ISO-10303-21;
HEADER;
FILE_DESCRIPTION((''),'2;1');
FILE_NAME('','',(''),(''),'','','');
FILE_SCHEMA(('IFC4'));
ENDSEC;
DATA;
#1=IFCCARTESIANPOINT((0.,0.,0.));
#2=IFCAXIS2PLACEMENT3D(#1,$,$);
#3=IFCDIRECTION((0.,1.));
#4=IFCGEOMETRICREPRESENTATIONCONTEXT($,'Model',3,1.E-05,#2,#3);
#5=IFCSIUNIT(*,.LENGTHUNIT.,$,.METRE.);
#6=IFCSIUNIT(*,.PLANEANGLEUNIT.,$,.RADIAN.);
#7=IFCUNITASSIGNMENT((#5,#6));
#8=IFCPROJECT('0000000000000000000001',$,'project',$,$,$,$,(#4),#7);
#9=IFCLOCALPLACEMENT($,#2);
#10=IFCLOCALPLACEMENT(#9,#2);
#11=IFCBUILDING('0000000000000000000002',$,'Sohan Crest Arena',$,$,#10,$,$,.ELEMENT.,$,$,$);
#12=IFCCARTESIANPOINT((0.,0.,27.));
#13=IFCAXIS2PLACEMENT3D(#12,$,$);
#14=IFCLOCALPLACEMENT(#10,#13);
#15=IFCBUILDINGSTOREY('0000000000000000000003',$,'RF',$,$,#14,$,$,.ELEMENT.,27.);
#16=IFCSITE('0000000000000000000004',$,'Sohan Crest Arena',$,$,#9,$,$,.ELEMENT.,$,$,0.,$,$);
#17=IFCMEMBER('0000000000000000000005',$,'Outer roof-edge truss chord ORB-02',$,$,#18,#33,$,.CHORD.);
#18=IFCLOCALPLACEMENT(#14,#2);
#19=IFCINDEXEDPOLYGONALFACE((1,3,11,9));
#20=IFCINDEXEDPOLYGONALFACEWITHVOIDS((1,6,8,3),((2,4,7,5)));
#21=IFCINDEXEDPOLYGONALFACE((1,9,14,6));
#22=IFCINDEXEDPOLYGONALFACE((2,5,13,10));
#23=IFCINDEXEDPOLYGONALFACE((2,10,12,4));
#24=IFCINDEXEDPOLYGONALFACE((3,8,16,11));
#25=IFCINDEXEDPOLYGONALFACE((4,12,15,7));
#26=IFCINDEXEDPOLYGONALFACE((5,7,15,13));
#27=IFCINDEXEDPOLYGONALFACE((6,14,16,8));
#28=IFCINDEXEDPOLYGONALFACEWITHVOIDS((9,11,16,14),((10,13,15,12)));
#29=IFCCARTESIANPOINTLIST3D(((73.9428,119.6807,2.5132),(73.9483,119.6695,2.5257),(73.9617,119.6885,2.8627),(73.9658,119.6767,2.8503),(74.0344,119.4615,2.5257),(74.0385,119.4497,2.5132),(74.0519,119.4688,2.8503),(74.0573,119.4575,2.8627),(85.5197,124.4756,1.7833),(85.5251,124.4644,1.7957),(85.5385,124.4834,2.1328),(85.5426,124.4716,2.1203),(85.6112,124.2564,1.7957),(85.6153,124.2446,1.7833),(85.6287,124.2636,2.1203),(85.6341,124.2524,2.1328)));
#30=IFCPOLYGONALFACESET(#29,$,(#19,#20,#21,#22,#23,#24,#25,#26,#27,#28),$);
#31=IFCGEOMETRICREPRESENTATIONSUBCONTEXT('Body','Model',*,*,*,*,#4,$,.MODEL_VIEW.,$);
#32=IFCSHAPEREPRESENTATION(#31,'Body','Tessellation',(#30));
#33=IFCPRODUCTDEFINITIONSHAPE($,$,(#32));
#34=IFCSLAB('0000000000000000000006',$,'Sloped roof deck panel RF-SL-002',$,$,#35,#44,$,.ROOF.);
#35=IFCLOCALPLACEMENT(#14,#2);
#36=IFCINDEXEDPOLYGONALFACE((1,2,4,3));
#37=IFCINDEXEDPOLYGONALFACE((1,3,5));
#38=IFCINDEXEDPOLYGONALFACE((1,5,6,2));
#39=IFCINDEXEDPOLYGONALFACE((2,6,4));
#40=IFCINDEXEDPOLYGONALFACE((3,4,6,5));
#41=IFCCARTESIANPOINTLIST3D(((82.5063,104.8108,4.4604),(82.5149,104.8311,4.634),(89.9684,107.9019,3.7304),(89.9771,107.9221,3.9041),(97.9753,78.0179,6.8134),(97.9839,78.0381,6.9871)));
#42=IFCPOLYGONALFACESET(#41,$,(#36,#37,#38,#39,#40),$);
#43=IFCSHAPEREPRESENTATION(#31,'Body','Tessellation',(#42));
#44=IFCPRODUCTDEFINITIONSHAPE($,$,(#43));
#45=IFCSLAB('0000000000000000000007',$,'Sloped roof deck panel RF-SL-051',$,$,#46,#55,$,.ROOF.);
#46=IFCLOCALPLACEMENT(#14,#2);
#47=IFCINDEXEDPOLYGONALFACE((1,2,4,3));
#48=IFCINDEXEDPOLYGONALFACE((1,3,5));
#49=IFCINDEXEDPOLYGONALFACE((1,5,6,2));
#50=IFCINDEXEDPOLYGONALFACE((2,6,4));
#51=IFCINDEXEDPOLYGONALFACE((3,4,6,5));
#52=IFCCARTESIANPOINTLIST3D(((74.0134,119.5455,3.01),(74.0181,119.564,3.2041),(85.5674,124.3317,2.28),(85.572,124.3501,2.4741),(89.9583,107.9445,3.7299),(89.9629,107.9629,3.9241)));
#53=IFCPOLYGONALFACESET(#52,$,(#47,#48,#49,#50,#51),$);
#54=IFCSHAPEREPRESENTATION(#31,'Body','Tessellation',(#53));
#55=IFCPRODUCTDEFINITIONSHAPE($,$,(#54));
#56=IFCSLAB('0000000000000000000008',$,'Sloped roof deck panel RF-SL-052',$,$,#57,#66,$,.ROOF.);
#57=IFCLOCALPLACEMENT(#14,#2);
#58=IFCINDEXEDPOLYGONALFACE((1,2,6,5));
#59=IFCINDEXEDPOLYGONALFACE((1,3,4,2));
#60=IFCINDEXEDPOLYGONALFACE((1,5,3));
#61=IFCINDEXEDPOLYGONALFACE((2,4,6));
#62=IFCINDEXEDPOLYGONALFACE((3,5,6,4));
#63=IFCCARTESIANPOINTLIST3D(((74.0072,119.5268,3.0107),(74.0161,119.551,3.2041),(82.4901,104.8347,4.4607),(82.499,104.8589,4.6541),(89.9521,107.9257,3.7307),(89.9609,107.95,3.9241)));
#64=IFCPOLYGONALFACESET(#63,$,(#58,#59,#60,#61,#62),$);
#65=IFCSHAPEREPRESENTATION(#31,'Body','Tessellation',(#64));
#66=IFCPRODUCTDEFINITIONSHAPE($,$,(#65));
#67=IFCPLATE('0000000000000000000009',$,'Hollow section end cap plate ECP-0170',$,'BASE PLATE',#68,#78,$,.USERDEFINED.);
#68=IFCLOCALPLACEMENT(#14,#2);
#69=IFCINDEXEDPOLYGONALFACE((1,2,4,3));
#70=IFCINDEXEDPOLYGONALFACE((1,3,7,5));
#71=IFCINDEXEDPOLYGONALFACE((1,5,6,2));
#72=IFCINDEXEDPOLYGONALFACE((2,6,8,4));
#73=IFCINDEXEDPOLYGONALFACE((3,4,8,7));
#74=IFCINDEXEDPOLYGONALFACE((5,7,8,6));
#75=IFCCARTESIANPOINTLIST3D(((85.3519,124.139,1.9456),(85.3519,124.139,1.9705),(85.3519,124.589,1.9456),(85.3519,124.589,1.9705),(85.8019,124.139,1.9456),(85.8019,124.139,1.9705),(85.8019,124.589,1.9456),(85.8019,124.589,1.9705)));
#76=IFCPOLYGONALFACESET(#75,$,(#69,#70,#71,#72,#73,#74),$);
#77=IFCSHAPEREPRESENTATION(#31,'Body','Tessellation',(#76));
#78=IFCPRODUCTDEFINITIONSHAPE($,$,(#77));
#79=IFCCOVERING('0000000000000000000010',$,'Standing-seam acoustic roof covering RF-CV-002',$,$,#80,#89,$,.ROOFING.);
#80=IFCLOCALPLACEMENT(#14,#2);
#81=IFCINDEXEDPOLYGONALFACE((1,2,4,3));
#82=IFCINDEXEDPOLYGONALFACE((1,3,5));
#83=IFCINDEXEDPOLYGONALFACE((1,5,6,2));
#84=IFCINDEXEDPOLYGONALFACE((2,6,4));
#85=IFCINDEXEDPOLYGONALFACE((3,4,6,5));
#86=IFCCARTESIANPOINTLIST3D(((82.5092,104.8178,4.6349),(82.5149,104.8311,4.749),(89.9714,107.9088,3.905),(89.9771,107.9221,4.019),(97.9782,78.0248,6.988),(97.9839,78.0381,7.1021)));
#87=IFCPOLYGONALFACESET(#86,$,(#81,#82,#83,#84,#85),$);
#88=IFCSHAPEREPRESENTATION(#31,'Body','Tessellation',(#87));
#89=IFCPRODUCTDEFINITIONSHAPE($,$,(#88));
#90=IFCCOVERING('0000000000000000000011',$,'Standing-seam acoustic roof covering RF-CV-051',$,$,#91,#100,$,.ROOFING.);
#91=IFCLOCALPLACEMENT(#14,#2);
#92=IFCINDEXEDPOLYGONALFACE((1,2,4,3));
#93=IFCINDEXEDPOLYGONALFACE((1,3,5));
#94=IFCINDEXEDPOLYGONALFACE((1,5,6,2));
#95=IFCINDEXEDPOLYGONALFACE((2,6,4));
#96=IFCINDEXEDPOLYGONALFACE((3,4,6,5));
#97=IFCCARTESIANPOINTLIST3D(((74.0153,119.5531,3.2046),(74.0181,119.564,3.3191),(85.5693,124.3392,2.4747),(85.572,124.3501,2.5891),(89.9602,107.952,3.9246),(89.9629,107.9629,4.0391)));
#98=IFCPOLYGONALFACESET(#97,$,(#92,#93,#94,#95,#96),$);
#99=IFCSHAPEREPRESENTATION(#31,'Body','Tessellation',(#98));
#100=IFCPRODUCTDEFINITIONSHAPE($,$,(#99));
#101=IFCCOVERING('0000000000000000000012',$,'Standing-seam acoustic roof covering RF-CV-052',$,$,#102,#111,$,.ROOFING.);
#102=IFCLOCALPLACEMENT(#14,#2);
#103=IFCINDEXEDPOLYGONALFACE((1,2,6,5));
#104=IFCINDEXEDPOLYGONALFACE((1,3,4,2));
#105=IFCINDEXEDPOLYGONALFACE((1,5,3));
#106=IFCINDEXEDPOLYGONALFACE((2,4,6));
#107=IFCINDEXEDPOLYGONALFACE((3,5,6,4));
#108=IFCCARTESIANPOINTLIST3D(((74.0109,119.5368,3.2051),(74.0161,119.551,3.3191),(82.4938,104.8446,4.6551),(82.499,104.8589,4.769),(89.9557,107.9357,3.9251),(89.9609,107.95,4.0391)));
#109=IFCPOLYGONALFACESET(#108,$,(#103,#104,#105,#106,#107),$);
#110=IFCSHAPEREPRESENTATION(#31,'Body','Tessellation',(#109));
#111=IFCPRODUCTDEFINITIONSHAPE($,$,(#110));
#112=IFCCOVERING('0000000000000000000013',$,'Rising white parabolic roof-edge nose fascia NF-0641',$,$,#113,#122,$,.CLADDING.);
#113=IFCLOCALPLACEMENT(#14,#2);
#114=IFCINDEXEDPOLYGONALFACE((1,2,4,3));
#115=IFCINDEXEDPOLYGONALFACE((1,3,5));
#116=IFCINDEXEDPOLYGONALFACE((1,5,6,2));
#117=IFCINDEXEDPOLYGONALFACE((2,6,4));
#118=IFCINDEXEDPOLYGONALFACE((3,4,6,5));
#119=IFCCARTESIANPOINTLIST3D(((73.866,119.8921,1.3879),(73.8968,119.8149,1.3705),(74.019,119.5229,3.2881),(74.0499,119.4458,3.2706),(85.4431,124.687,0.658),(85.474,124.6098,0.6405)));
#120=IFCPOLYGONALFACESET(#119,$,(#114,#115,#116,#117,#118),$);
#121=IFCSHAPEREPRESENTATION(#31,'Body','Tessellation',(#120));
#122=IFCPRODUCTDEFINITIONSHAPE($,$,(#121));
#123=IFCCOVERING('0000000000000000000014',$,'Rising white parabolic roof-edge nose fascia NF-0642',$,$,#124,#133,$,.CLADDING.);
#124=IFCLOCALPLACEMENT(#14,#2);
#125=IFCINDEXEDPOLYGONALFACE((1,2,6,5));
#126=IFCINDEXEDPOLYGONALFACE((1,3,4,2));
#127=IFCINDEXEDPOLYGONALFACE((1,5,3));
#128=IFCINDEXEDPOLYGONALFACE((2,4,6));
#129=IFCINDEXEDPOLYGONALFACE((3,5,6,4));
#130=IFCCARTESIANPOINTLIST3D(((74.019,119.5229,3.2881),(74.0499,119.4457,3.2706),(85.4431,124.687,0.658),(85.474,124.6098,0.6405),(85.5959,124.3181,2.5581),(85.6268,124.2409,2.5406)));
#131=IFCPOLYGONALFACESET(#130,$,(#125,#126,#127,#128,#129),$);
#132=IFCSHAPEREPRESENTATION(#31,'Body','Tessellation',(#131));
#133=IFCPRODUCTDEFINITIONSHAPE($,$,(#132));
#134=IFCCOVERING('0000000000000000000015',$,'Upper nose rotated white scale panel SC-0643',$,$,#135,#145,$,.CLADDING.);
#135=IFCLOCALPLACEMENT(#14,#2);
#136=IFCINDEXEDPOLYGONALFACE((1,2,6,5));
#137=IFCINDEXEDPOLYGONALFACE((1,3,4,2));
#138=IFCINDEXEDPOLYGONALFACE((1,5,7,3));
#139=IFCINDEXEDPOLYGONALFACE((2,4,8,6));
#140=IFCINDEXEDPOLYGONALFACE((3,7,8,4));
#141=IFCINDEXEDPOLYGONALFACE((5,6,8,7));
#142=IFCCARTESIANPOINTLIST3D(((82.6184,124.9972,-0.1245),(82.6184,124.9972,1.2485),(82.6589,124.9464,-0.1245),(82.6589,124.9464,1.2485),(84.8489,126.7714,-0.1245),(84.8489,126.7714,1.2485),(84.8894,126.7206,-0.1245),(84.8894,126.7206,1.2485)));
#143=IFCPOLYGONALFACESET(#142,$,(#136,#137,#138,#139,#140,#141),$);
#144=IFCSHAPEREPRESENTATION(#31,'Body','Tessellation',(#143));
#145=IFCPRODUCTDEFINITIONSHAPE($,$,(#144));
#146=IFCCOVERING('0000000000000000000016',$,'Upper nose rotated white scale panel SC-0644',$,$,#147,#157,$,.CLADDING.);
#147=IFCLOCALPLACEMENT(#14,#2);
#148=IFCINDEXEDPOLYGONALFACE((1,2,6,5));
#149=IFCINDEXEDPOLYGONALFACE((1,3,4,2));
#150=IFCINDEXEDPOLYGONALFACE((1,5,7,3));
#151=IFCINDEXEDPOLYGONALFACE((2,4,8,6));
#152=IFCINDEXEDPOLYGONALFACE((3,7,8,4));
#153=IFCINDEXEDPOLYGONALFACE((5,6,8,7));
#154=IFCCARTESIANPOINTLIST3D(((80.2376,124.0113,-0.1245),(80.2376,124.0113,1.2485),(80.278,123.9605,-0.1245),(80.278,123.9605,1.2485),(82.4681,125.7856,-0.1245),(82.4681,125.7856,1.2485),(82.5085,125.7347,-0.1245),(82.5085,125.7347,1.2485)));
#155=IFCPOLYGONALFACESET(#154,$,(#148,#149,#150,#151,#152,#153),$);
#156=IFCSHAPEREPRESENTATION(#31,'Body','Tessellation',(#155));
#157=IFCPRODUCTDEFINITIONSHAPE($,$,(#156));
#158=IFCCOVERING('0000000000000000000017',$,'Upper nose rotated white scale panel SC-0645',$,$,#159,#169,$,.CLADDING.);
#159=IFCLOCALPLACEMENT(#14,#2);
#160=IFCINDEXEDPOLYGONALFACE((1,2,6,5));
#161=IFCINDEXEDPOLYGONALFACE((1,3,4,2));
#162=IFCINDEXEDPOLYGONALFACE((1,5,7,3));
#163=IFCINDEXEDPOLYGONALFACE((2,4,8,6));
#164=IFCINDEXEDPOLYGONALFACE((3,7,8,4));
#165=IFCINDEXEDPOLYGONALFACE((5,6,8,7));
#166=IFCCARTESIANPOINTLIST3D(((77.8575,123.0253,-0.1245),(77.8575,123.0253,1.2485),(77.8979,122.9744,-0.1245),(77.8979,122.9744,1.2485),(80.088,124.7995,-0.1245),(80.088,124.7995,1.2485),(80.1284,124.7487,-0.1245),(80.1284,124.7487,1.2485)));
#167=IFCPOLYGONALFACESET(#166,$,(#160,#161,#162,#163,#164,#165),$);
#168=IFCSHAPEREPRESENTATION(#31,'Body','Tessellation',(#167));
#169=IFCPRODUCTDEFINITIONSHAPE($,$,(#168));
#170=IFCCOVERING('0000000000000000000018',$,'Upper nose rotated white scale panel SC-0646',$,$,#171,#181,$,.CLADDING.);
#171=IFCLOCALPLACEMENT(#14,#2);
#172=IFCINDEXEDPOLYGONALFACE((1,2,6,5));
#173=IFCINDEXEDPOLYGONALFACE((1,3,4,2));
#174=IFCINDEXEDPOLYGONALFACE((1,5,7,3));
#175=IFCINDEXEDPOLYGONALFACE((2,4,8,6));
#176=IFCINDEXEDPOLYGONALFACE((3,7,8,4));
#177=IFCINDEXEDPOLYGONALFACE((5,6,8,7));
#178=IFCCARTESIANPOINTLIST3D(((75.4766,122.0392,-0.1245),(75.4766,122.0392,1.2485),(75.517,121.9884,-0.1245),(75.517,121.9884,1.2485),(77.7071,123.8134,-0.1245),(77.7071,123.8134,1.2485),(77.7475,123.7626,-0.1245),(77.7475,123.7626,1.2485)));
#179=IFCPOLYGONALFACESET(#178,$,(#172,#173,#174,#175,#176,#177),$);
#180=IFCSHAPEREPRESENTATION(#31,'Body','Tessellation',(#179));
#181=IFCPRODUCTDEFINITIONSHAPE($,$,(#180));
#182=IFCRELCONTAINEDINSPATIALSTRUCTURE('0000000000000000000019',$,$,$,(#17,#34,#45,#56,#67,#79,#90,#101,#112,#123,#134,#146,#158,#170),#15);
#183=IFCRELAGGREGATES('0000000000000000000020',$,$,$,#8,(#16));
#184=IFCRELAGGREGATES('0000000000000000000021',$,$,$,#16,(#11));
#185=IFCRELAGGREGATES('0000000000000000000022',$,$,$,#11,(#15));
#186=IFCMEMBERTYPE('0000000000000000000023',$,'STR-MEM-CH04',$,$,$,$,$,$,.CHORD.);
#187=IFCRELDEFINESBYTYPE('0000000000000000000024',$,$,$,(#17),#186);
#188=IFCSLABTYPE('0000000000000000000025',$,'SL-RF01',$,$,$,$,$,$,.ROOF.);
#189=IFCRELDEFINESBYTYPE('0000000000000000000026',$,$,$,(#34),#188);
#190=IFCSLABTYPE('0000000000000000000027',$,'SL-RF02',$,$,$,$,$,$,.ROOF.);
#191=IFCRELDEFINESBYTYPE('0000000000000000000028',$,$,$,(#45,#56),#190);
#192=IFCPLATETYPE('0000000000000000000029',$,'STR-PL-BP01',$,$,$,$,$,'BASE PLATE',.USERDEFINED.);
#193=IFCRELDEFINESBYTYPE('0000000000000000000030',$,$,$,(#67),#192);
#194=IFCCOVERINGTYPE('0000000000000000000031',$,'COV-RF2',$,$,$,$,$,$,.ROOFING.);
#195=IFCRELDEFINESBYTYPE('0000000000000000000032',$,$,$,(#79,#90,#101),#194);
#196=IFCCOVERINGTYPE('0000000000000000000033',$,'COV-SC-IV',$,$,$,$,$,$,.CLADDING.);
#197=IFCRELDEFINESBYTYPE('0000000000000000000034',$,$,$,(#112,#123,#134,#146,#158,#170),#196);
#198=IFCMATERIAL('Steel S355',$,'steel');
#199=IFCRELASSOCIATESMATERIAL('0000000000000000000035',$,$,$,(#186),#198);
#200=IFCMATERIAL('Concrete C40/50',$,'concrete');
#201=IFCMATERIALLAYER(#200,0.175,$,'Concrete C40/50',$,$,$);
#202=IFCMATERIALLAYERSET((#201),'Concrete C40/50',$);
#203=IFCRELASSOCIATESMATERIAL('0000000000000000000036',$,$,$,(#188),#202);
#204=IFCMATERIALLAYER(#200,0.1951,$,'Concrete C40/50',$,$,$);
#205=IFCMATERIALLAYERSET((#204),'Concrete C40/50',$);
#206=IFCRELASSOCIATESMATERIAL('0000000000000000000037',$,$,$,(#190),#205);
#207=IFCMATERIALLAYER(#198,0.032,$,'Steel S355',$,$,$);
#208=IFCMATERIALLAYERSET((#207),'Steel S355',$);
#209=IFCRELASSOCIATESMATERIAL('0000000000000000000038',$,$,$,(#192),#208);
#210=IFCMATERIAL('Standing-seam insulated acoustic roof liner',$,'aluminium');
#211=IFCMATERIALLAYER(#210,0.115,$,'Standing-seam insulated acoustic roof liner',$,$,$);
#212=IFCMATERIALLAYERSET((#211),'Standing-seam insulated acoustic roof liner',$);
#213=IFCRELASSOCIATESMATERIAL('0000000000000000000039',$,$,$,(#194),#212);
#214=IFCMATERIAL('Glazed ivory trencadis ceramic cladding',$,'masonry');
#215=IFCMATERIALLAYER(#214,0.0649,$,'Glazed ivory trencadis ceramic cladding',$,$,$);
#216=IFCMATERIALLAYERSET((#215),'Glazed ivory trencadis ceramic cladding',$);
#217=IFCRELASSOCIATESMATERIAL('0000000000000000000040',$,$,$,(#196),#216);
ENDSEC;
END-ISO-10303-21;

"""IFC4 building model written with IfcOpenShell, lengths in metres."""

from ifc_helpers import new_model, si_unit, direction, frame, origin, origin_2d, place, context, subcontext, project, spatial, polyline, rectangle, hollow_rectangle, outline, extrude, material, layer, layer_set, material_profile, profile_set, type_object, element, save


model = new_model("IFC4")

# Units and contexts
model_context = context("Model", 3, precision=1e-05, world=origin(), true_north=direction((0.0, 1.0)))
body_context = subcontext(model_context, "Body", "Model", "MODEL_VIEW")
ifc_project = project(units=[si_unit("LENGTHUNIT", "METRE"), si_unit("PLANEANGLEUNIT", "RADIAN")], contexts=[model_context])

# Site, building, storey
site_placement = place(None, origin())
site = spatial("IfcSite", under=ifc_project, at=site_placement, Name="Sohan Crest Arena", CompositionType="ELEMENT", RefElevation=0.0)
building_placement = place(site_placement, origin())
building = spatial("IfcBuilding", under=site, at=building_placement, Name="Sohan Crest Arena", CompositionType="ELEMENT")
storey_placement = place(building_placement, frame((0.0, 0.0, 27.0)))
storey = spatial("IfcBuildingStorey", under=building, at=storey_placement, Name="RF", CompositionType="ELEMENT", Elevation=27.0)

# Shared definitions
ifc_material_1 = material(Name="Concrete C40/50", Category="concrete")
ifc_material_2 = material(Name="Steel S355", Category="steel")

# Member
ifc_material_profile_1 = material_profile(ifc_material_2, hollow_rectangle(XDim=0.25, YDim=0.3501, WallThickness=0.0125, at=origin_2d()), Name="RHS 350x250x12.5")
ifc_profile_set_1 = profile_set([ifc_material_profile_1], Name="Steel S355")
member_type_1 = type_object("IfcMemberType", Name="STR-MEM-CH04", PredefinedType="CHORD", material=ifc_profile_set_1)
member_1_placement = place(storey_placement, frame((85.5769, 124.364, 1.958), z_axis=(-0.922327, -0.382009, 0.058157), x_axis=(0.382657, -0.923891, 0.0)))
element("IfcMember", 1, at=member_1_placement, inside=storey, type_object=member_type_1, Name="Outer roof-edge truss chord ORB-02", PredefinedType="CHORD", context=body_context, shape_type="SweptSolid", body=[
    extrude(hollow_rectangle(XDim=0.25, YDim=0.3501, WallThickness=0.0125, at=origin_2d()), origin(), (0.0, 0.0, 1.0), 12.5518),
])

# Slabs
ifc_layer_1 = layer(ifc_material_1, 0.175, Name="Concrete C40/50")
ifc_layer_set_1 = layer_set([ifc_layer_1], Name="Concrete C40/50")
slab_type_1 = type_object("IfcSlabType", Name="SL-RF01", PredefinedType="ROOF", material=ifc_layer_set_1)
slab_1_placement = place(storey_placement, frame((89.9771, 107.9221, 3.9041), z_axis=(0.049194, 0.11553, 0.992085), x_axis=(-0.920123, -0.381145, 0.09001)))
element("IfcSlab", 2, at=slab_1_placement, inside=storey, type_object=slab_type_1, Name="Sloped roof deck panel RF-SL-002", PredefinedType="ROOF", context=body_context, shape_type="SweptSolid", body=[
    extrude(outline(polyline([(0.0, 0.0), (8.11, 0.0), (4.3004, 30.7925), (0.0, 0.0)])), origin(), (0.0, 0.0, -1.0), 0.175),
])
ifc_layer_2 = layer(ifc_material_1, 0.1951, Name="Concrete C40/50")
ifc_layer_set_2 = layer_set([ifc_layer_2], Name="Concrete C40/50")
slab_type_2 = type_object("IfcSlabType", Name="SL-RF02", PredefinedType="ROOF", material=ifc_layer_set_2)
slab_2_placement = place(storey_placement, frame((89.9629, 107.9629, 3.9241), z_axis=(0.023764, 0.094428, 0.995248), x_axis=(-0.257875, 0.962418, -0.085155)))
element("IfcSlab", 3, at=slab_2_placement, inside=storey, type_object=slab_type_2, Name="Sloped roof deck panel RF-SL-051", PredefinedType="ROOF", context=body_context, shape_type="SweptSolid", body=[
    extrude(outline(polyline([(0.0, 0.0), (17.0271, 0.0), (15.3382, 12.4129), (0.0, 0.0)])), origin(), (0.0, 0.0, -1.0), 0.1951),
])
slab_3_placement = place(storey_placement, frame((89.9609, 107.95, 3.9241), z_axis=(0.045551, 0.124123, 0.991221), x_axis=(-0.808081, 0.58794, -0.036488)))
element("IfcSlab", 4, at=slab_3_placement, inside=storey, type_object=slab_type_2, Name="Sloped roof deck panel RF-SL-052", PredefinedType="ROOF", context=body_context, shape_type="SweptSolid", body=[
    extrude(outline(polyline([(0.0, 0.0), (19.7317, 0.0), (4.1858, 6.946), (0.0, 0.0)])), origin(), (0.0, 0.0, -1.0), 0.1951),
])

# Plate
ifc_layer_3 = layer(ifc_material_2, 0.032, Name="Steel S355")
ifc_layer_set_3 = layer_set([ifc_layer_3], Name="Steel S355")
plate_type = type_object("IfcPlateType", Name="STR-PL-BP01", ElementType="BASE PLATE", PredefinedType="USERDEFINED", material=ifc_layer_set_3)
plate_placement = place(storey_placement, frame((85.5769, 124.364, 1.9456), z_axis=(0.0, 0.0, 1.0), x_axis=(1.0, 0.0, 0.0)))
element("IfcPlate", 5, at=plate_placement, inside=storey, type_object=plate_type, Name="Hollow section end cap plate ECP-0170", ObjectType="BASE PLATE", PredefinedType="USERDEFINED", context=body_context, shape_type="SweptSolid", body=[
    extrude(rectangle(XDim=0.45, YDim=0.45, at=origin_2d()), origin(), (0.0, 0.0, 1.0), 0.0249),
])

# Coverings
ifc_material_3 = material(Name="Standing-seam insulated acoustic roof liner", Category="aluminium")
ifc_layer_4 = layer(ifc_material_3, 0.115, Name="Standing-seam insulated acoustic roof liner")
ifc_layer_set_4 = layer_set([ifc_layer_4], Name="Standing-seam insulated acoustic roof liner")
covering_type_1 = type_object("IfcCoveringType", Name="COV-RF2", PredefinedType="ROOFING", material=ifc_layer_set_4)
covering_1_placement = place(storey_placement, frame((89.9771, 107.9221, 4.019), z_axis=(0.049194, 0.11553, 0.992085), x_axis=(-0.920123, -0.381145, 0.09001)))
element("IfcCovering", 6, at=covering_1_placement, inside=storey, type_object=covering_type_1, Name="Standing-seam acoustic roof covering RF-CV-002", PredefinedType="ROOFING", context=body_context, shape_type="SweptSolid", body=[
    extrude(outline(polyline([(0.0, 0.0), (8.11, 0.0), (4.3004, 30.7925), (0.0, 0.0)])), origin(), (0.0, 0.0, -1.0), 0.115),
])
covering_2_placement = place(storey_placement, frame((89.9629, 107.9629, 4.0391), z_axis=(0.023764, 0.094428, 0.995248), x_axis=(-0.257875, 0.962418, -0.085155)))
element("IfcCovering", 7, at=covering_2_placement, inside=storey, type_object=covering_type_1, Name="Standing-seam acoustic roof covering RF-CV-051", PredefinedType="ROOFING", context=body_context, shape_type="SweptSolid", body=[
    extrude(outline(polyline([(0.0, 0.0), (17.0271, 0.0), (15.3382, 12.4129), (0.0, 0.0)])), origin(), (0.0, 0.0, -1.0), 0.115),
])
covering_3_placement = place(storey_placement, frame((89.9609, 107.95, 4.0391), z_axis=(0.045551, 0.124123, 0.991221), x_axis=(-0.808081, 0.58794, -0.036488)))
element("IfcCovering", 8, at=covering_3_placement, inside=storey, type_object=covering_type_1, Name="Standing-seam acoustic roof covering RF-CV-052", PredefinedType="ROOFING", context=body_context, shape_type="SweptSolid", body=[
    extrude(outline(polyline([(0.0, 0.0), (19.7317, 0.0), (4.1858, 6.946), (0.0, 0.0)])), origin(), (0.0, 0.0, -1.0), 0.115),
])
ifc_material_4 = material(Name="Glazed ivory trencadis ceramic cladding", Category="masonry")
ifc_layer_5 = layer(ifc_material_4, 0.0649, Name="Glazed ivory trencadis ceramic cladding")
ifc_layer_set_5 = layer_set([ifc_layer_5], Name="Glazed ivory trencadis ceramic cladding")
covering_type_2 = type_object("IfcCoveringType", Name="COV-SC-IV", PredefinedType="CLADDING", material=ifc_layer_set_5)
covering_4_placement = place(storey_placement, frame((85.4431, 124.687, 0.658), z_axis=(-0.363356, 0.908638, 0.205793), x_axis=(-0.92233, -0.382002, 0.058156)))
element("IfcCovering", 9, at=covering_4_placement, inside=storey, type_object=covering_type_2, Name="Rising white parabolic roof-edge nose fascia NF-0641", PredefinedType="CLADDING", context=body_context, shape_type="SweptSolid", body=[
    extrude(outline(polyline([(0.0, 0.0), (12.5521, 0.0), (12.6624, 1.9386), (0.0, 0.0)])), origin(), (0.0, 0.0, -1.0), 0.085),
])
covering_5_placement = place(storey_placement, frame((85.4431, 124.687, 0.658), z_axis=(-0.3634, 0.908655, 0.205636), x_axis=(-0.891813, -0.403129, 0.205319)))
element("IfcCovering", 10, at=covering_5_placement, inside=storey, type_object=covering_type_2, Name="Rising white parabolic roof-edge nose fascia NF-0642", PredefinedType="CLADDING", context=body_context, shape_type="SweptSolid", body=[
    extrude(outline(polyline([(0.0, 0.0), (12.8099, 0.0), (0.4026, 1.8995), (0.0, 0.0)])), origin(), (0.0, 0.0, -1.0), 0.085),
])
for number, where, z_axis, x_axis, name in (
    (11, (83.7539, 125.8589, -0.1245), (0.0, 0.0, 1.0), (-0.782608, -0.622515, 0.0), "Upper nose rotated white scale panel SC-0643"),
    (12, (81.373, 124.873, -0.1245), (0.0, 0.0, 1.0), (-0.782608, -0.622515, 0.0), "Upper nose rotated white scale panel SC-0644"),
    (13, (78.9929, 123.887, -0.1245), (0.0, 0.0, 1.0), (-0.782608, -0.622515, 0.0), "Upper nose rotated white scale panel SC-0645"),
    (14, (76.6121, 122.9009, -0.1245), (0.0, 0.0, 1.0), (-0.782608, -0.622515, 0.0), "Upper nose rotated white scale panel SC-0646"),
):
    element("IfcCovering", number, at=place(storey_placement, frame(where, z_axis=z_axis, x_axis=x_axis)), inside=storey, type_object=covering_type_2, Name=name, PredefinedType="CLADDING", context=body_context, shape_type="SweptSolid", body=[
        extrude(rectangle(XDim=2.8501, YDim=0.0649, at=origin_2d()), origin(), (0.0, 0.0, 1.0), 1.373),
    ])

save(model, "model.ifc")
